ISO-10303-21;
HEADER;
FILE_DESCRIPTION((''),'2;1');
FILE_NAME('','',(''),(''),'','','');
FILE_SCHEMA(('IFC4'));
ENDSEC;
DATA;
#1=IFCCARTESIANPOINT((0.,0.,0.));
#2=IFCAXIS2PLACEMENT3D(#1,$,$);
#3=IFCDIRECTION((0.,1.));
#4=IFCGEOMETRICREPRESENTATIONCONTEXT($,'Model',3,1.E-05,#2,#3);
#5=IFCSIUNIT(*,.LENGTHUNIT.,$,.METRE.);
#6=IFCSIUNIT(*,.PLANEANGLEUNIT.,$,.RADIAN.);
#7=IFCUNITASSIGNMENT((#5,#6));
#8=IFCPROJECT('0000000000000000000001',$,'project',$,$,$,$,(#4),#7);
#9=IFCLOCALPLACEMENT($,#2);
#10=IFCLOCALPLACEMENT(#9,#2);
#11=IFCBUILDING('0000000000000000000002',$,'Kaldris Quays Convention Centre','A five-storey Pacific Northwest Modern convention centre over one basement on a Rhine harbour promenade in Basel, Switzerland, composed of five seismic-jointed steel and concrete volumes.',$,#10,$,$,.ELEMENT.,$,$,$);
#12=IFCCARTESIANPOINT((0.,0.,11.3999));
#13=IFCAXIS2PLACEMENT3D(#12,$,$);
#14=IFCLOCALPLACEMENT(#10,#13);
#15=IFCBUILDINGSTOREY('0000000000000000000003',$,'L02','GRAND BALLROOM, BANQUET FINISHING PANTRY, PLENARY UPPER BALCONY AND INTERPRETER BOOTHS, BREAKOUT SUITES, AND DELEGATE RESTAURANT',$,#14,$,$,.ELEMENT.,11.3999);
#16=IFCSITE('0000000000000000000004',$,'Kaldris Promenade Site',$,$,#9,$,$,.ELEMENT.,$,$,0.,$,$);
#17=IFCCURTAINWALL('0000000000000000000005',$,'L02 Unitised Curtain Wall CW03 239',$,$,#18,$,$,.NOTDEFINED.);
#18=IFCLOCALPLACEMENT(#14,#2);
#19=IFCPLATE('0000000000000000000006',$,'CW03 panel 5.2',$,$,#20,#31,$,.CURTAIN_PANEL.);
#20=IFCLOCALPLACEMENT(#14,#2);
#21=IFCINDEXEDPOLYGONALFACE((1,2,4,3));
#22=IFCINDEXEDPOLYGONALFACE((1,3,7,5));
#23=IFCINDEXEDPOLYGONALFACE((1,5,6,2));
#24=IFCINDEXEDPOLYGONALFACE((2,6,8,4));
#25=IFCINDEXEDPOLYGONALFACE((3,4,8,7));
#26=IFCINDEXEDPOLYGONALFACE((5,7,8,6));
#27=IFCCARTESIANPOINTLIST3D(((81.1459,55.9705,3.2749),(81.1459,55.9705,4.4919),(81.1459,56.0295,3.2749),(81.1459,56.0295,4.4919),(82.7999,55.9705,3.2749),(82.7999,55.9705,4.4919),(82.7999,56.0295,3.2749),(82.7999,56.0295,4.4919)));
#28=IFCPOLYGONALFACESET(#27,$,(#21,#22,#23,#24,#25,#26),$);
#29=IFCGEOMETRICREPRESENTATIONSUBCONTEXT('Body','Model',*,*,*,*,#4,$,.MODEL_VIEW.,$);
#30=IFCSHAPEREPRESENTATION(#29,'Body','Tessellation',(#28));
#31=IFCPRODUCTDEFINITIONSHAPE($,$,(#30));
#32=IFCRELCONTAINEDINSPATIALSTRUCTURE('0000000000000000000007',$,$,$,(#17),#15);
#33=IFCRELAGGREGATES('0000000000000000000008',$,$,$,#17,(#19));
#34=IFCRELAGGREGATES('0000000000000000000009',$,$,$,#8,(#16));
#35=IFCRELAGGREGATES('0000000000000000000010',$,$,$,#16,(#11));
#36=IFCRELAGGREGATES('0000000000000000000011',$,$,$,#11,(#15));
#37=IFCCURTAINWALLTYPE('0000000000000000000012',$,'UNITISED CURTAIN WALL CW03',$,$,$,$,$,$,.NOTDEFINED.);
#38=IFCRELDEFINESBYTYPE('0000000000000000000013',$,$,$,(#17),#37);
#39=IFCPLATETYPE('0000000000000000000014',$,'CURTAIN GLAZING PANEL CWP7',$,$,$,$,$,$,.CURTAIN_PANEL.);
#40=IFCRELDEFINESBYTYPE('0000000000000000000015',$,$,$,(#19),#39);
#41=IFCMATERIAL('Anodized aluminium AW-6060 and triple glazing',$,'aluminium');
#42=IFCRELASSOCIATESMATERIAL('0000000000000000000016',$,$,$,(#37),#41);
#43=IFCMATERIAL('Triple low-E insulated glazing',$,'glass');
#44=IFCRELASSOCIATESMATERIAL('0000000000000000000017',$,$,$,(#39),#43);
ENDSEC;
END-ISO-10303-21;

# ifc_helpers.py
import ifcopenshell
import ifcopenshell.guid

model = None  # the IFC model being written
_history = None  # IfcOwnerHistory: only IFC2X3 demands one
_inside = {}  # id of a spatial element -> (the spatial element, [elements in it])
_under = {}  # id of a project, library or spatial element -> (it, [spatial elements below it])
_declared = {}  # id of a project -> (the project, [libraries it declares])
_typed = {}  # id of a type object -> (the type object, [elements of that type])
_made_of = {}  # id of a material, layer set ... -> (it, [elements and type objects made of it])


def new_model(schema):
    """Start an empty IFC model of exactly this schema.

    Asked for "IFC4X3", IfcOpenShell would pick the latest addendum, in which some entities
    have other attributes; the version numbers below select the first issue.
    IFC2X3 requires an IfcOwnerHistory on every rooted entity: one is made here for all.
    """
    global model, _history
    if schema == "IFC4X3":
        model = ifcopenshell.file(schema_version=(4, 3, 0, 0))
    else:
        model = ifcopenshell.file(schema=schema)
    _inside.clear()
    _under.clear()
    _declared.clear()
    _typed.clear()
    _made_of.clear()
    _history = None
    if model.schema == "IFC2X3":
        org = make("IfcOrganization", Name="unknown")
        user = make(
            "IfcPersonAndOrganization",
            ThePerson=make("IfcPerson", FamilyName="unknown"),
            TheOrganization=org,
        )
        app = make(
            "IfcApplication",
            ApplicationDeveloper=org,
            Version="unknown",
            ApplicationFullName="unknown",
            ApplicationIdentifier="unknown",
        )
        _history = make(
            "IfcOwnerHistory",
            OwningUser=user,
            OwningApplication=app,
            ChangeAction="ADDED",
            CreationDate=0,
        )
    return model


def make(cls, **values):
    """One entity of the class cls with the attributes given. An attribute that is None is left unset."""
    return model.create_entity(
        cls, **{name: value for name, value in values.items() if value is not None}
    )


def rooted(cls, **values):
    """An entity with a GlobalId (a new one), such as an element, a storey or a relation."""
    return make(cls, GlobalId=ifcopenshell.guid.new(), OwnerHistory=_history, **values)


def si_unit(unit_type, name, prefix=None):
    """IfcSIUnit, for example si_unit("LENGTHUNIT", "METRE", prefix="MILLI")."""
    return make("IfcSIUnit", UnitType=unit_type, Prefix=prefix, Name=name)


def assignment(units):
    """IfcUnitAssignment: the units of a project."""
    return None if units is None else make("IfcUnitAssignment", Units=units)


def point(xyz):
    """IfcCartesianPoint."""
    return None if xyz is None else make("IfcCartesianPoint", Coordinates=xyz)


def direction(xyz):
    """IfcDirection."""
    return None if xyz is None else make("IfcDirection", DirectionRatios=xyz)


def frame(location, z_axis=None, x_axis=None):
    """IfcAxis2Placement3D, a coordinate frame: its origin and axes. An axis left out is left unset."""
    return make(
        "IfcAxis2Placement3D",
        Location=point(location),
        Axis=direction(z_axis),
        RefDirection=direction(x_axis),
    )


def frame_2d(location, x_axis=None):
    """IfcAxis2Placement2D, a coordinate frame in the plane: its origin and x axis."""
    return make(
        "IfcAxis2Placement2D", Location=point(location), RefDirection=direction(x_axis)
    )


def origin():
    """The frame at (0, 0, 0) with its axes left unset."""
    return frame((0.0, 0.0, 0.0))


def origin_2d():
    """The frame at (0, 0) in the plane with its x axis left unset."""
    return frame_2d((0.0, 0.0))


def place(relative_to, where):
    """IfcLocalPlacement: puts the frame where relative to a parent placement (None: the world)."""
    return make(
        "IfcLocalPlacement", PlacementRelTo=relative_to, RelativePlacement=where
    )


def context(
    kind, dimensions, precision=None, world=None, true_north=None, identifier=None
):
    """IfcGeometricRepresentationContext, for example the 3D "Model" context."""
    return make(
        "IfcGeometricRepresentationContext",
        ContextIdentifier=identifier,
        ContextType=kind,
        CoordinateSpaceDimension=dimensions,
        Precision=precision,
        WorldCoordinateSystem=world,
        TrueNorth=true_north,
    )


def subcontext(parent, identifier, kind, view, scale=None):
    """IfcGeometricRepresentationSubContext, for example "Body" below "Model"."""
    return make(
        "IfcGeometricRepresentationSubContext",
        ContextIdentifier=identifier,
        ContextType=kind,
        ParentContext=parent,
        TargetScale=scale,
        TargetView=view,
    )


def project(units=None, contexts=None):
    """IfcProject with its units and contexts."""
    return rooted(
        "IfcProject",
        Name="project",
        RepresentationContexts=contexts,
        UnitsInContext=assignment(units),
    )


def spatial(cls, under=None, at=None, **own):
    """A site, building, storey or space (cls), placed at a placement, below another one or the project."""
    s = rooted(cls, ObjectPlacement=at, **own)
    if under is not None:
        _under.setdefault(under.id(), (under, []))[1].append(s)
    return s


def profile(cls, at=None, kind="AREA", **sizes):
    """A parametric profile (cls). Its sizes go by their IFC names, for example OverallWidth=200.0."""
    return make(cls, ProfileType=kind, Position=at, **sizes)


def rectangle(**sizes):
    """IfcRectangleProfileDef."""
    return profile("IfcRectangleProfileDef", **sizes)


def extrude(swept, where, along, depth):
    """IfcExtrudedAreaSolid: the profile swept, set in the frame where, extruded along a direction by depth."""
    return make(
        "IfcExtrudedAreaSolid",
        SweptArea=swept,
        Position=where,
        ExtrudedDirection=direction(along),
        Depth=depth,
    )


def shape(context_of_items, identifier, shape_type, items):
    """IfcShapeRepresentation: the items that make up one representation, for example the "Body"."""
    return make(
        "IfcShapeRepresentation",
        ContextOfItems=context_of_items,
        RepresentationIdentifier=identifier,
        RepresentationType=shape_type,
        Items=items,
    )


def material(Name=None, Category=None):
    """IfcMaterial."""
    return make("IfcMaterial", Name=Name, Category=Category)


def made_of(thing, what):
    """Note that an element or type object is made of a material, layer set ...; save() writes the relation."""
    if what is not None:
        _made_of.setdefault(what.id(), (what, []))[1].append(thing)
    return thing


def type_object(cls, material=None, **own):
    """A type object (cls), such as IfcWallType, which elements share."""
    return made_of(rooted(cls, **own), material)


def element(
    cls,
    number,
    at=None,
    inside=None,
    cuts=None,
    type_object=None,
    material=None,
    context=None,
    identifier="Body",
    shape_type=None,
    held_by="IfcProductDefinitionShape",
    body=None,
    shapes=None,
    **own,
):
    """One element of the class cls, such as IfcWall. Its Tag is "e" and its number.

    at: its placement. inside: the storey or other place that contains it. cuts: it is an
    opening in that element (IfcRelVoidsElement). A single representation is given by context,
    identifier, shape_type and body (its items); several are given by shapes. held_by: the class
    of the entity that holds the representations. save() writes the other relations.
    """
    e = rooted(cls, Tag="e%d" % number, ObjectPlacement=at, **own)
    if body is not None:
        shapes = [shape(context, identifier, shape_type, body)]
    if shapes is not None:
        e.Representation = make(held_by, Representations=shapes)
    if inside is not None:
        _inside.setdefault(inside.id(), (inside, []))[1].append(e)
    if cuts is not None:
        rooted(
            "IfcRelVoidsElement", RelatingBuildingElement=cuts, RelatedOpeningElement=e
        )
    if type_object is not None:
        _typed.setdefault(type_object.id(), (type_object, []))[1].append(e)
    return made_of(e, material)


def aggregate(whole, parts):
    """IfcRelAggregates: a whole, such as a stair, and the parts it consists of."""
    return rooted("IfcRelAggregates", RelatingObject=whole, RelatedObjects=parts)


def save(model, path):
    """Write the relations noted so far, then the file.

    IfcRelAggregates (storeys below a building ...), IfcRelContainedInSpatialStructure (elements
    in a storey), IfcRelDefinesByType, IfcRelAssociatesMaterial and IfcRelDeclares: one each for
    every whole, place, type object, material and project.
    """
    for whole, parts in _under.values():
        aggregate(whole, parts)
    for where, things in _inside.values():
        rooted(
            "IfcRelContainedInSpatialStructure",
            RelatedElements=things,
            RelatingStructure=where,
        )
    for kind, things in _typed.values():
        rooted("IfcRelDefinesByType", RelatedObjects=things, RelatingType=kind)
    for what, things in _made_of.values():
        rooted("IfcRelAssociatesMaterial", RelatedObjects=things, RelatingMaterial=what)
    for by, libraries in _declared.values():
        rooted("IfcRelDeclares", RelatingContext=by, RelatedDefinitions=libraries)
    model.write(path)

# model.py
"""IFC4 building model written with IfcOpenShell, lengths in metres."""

from ifc_helpers import new_model, si_unit, direction, frame, origin, origin_2d, place, context, subcontext, project, spatial, rectangle, extrude, material, type_object, element, aggregate, save


model = new_model("IFC4")

# Units and contexts
model_context = context("Model", 3, precision=1e-05, world=origin(), true_north=direction((0.0, 1.0)))
body_context = subcontext(model_context, "Body", "Model", "MODEL_VIEW")
ifc_project = project(units=[si_unit("LENGTHUNIT", "METRE"), si_unit("PLANEANGLEUNIT", "RADIAN")], contexts=[model_context])

# Site, building, storey
site_placement = place(None, origin())
site = spatial("IfcSite", under=ifc_project, at=site_placement, Name="Kaldris Promenade Site", CompositionType="ELEMENT", RefElevation=0.0)
building_placement = place(site_placement, origin())
building = spatial("IfcBuilding", under=site, at=building_placement, Name="Kaldris Quays Convention Centre", Description="A five-storey Pacific Northwest Modern convention centre over one basement on a Rhine harbour promenade in Basel, Switzerland, composed of five seismic-jointed steel and concrete volumes.", CompositionType="ELEMENT")
storey_placement = place(building_placement, frame((0.0, 0.0, 11.3999)))
storey = spatial("IfcBuildingStorey", under=building, at=storey_placement, Name="L02", Description="GRAND BALLROOM, BANQUET FINISHING PANTRY, PLENARY UPPER BALCONY AND INTERPRETER BOOTHS, BREAKOUT SUITES, AND DELEGATE RESTAURANT", CompositionType="ELEMENT", Elevation=11.3999)

# Curtain wall
ifc_material_1 = material(Name="Anodized aluminium AW-6060 and triple glazing", Category="aluminium")
curtain_wall_type = type_object("IfcCurtainWallType", Name="UNITISED CURTAIN WALL CW03", PredefinedType="NOTDEFINED", material=ifc_material_1)
curtain_wall_1_placement = place(storey_placement, origin())
curtain_wall_1 = element("IfcCurtainWall", 1, at=curtain_wall_1_placement, inside=storey, type_object=curtain_wall_type, Name="L02 Unitised Curtain Wall CW03 239", PredefinedType="NOTDEFINED")

# Plate
ifc_material_2 = material(Name="Triple low-E insulated glazing", Category="glass")
plate_type = type_object("IfcPlateType", Name="CURTAIN GLAZING PANEL CWP7", PredefinedType="CURTAIN_PANEL", material=ifc_material_2)
plate_1_placement = place(storey_placement, frame((81.9729, 56.0, 3.2749), z_axis=(0.0, 0.0, 1.0), x_axis=(1.0, 0.0, 0.0)))
plate_1 = element("IfcPlate", 2, at=plate_1_placement, type_object=plate_type, Name="CW03 panel 5.2", PredefinedType="CURTAIN_PANEL", context=body_context, shape_type="SweptSolid", body=[
    extrude(rectangle(XDim=1.6541, YDim=0.0591, at=origin_2d()), origin(), (0.0, 0.0, 1.0), 1.217),
])
aggregate(curtain_wall_1, [plate_1])

save(model, "model.ifc")
